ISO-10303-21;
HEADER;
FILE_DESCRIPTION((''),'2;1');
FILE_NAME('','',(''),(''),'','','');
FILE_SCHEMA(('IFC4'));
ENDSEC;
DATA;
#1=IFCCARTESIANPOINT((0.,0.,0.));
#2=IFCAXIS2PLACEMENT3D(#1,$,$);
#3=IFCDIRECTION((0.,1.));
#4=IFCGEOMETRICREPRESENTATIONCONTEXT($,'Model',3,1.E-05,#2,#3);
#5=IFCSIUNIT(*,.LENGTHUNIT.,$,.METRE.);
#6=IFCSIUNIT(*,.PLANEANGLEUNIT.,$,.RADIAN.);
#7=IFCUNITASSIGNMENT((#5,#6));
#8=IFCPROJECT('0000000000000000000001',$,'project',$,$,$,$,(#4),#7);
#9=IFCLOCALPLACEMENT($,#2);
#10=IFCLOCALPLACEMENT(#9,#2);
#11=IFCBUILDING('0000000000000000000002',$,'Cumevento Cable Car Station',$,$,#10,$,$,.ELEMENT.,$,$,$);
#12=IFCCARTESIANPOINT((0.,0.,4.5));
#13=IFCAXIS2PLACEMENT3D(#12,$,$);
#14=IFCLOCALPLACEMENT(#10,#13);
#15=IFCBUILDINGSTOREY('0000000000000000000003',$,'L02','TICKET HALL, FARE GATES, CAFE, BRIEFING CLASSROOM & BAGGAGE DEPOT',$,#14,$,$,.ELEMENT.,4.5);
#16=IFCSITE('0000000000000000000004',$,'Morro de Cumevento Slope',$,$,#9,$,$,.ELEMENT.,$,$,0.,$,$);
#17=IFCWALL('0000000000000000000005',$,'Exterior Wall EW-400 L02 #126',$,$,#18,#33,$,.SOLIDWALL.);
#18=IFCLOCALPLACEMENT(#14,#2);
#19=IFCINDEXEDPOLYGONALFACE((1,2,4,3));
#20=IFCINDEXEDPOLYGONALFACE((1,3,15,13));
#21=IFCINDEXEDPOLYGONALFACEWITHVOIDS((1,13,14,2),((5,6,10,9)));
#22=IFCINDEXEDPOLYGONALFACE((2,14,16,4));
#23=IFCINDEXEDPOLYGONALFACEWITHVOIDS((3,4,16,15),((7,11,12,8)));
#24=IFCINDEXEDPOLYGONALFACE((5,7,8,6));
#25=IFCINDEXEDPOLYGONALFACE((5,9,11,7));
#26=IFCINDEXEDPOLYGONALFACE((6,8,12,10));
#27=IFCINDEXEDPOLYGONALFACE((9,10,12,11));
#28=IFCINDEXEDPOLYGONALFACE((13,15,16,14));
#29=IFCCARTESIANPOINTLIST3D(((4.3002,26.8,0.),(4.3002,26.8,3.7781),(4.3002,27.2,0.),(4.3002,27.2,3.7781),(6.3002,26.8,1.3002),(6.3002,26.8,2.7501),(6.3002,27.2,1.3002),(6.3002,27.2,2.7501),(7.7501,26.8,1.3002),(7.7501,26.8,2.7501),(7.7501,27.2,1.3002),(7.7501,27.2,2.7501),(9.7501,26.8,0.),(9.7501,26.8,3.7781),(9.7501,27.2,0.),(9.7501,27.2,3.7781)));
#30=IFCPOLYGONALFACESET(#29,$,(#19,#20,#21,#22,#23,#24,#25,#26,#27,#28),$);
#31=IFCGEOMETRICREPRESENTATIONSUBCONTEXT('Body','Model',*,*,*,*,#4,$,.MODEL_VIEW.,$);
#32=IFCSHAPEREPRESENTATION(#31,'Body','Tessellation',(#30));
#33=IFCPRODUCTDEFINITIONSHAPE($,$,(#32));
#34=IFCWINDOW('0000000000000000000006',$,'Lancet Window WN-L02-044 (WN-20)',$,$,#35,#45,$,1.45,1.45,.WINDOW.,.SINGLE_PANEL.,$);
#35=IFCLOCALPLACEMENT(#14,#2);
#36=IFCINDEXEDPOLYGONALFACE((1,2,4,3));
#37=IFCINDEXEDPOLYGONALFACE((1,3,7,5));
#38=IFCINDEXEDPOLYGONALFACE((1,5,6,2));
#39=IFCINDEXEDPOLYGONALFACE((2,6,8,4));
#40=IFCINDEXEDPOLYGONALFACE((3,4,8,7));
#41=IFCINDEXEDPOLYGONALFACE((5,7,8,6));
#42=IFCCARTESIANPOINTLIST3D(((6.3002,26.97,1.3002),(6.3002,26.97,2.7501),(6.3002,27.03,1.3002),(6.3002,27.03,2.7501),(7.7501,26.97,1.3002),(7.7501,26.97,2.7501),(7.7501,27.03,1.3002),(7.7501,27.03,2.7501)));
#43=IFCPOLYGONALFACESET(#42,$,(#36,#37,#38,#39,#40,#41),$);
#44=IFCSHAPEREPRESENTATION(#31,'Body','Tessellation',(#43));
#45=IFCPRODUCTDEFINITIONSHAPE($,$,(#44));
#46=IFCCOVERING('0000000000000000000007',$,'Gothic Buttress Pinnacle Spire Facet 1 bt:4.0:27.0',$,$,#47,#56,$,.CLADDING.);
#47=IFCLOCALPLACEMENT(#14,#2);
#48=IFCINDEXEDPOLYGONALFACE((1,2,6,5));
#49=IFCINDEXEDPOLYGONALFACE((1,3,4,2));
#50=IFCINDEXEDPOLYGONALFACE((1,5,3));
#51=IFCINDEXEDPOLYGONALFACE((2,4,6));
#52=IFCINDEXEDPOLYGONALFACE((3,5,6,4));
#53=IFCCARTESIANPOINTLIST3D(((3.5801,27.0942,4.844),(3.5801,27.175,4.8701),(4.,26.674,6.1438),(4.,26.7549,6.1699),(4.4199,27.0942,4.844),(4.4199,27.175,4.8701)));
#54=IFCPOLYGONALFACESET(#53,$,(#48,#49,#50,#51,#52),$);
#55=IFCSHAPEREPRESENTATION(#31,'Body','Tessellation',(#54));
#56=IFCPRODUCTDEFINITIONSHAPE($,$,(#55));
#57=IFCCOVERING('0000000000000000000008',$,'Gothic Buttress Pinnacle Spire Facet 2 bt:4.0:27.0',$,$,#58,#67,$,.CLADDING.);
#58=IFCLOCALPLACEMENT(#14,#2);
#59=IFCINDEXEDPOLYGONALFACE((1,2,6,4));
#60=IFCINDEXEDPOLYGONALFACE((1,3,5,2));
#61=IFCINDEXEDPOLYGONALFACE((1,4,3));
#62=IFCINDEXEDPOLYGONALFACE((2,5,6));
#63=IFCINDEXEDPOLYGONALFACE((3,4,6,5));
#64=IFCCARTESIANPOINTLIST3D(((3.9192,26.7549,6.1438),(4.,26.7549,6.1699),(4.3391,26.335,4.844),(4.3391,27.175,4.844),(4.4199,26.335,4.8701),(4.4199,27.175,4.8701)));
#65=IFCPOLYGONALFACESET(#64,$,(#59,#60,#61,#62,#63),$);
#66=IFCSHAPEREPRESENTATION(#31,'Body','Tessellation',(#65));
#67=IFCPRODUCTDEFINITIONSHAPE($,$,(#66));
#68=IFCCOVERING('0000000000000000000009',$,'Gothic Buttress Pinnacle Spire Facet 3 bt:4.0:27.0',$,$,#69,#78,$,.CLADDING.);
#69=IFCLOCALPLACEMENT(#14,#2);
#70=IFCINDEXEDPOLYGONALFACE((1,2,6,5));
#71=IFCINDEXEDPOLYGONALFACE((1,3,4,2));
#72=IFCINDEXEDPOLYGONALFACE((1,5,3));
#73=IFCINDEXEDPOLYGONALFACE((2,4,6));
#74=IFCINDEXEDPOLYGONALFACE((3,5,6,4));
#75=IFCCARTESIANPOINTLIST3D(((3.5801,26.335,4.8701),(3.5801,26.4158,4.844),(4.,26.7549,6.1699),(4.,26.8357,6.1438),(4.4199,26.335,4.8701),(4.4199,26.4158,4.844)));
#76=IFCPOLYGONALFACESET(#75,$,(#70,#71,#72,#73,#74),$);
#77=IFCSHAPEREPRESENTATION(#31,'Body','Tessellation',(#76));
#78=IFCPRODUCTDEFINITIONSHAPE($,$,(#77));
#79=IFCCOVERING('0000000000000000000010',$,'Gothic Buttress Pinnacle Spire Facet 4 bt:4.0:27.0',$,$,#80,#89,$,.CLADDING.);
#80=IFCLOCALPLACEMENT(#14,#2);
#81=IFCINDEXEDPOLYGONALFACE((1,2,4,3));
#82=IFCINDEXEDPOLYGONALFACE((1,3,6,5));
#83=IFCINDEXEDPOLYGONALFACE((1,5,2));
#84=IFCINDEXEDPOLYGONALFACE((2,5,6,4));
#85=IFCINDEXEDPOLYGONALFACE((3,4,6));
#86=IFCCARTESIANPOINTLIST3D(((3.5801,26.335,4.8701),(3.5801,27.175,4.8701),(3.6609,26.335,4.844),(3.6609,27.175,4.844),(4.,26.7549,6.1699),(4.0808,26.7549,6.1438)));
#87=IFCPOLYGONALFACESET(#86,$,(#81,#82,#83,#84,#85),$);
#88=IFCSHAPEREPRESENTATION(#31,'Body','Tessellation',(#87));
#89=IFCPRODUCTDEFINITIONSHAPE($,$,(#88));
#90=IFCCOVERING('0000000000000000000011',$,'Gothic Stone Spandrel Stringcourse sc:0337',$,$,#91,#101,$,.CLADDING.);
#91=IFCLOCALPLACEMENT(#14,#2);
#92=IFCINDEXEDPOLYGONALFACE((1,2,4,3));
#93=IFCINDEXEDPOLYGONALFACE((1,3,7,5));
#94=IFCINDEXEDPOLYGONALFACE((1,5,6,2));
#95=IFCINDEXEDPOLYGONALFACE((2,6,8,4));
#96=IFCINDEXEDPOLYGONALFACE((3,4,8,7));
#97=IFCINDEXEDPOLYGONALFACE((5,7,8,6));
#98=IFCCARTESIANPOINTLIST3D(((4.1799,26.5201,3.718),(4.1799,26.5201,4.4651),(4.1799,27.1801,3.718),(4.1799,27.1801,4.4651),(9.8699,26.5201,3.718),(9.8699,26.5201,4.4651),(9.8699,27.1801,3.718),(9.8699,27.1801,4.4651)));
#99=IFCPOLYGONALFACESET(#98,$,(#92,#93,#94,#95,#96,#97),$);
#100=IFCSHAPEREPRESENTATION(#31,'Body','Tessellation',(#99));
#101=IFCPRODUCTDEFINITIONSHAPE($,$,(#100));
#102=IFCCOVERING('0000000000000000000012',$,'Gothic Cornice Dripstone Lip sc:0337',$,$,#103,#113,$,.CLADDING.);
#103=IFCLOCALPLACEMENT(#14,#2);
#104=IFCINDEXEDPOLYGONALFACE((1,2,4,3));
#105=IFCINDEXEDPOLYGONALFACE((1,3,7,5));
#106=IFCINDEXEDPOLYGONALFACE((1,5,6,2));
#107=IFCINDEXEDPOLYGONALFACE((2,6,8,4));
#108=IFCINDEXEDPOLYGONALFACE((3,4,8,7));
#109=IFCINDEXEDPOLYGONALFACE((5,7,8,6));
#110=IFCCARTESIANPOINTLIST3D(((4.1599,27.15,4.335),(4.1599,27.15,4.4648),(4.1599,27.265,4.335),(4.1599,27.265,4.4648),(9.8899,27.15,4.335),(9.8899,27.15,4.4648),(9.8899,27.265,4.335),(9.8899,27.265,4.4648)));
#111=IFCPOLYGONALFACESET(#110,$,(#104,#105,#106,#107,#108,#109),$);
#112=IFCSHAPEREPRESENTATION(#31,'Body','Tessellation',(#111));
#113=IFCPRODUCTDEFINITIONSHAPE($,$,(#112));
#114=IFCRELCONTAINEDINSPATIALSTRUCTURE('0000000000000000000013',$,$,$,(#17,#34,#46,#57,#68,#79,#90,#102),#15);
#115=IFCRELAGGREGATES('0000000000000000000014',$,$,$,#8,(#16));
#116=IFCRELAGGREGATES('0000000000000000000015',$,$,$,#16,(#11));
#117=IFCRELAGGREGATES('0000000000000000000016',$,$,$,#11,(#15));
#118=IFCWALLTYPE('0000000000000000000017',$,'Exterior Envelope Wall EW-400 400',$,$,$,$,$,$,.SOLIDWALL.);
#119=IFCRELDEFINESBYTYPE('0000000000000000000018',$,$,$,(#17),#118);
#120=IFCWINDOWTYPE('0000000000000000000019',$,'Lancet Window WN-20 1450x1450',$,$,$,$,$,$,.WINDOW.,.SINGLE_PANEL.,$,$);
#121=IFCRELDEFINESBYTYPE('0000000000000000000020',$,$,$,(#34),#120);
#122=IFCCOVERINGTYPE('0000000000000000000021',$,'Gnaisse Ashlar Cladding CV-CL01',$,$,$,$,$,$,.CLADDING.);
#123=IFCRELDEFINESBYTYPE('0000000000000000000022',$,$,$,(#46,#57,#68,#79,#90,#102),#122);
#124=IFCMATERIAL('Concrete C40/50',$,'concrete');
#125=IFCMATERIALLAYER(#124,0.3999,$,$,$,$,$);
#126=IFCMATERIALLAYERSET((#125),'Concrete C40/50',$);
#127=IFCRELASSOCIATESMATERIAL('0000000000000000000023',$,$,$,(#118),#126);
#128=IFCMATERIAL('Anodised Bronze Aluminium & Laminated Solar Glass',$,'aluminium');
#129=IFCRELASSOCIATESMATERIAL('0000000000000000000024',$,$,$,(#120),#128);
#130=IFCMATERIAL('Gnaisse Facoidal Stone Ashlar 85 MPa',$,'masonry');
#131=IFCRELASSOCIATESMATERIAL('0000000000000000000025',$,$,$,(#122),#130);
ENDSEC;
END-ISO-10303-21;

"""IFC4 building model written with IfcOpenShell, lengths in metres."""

from ifc_helpers import new_model, si_unit, direction, frame, frame_2d, origin, origin_2d, place, context, subcontext, project, spatial, polyline, rectangle, outline, extrude, material, layer, layer_set, type_object, element, fill, save


model = new_model("IFC4")

# Units and contexts
model_context = context("Model", 3, precision=1e-05, world=origin(), true_north=direction((0.0, 1.0)))
body_context = subcontext(model_context, "Body", "Model", "MODEL_VIEW")
ifc_project = project(units=[si_unit("LENGTHUNIT", "METRE"), si_unit("PLANEANGLEUNIT", "RADIAN")], contexts=[model_context])

# Site, building, storey
site_placement = place(None, origin())
site = spatial("IfcSite", under=ifc_project, at=site_placement, Name="Morro de Cumevento Slope", CompositionType="ELEMENT", RefElevation=0.0)
building_placement = place(site_placement, origin())
building = spatial("IfcBuilding", under=site, at=building_placement, Name="Cumevento Cable Car Station", CompositionType="ELEMENT")
storey_placement = place(building_placement, frame((0.0, 0.0, 4.5)))
storey = spatial("IfcBuildingStorey", under=building, at=storey_placement, Name="L02", Description="TICKET HALL, FARE GATES, CAFE, BRIEFING CLASSROOM & BAGGAGE DEPOT", CompositionType="ELEMENT", Elevation=4.5)

# Wall, opening, window
ifc_material_1 = material(Name="Concrete C40/50", Category="concrete")
ifc_layer_1 = layer(ifc_material_1, 0.3999)
ifc_layer_set_1 = layer_set([ifc_layer_1], Name="Concrete C40/50")
wall_type = type_object("IfcWallType", Name="Exterior Envelope Wall EW-400 400", PredefinedType="SOLIDWALL", material=ifc_layer_set_1)
wall_placement = place(storey_placement, frame((4.3, 27.0, 0.0), z_axis=(0.0, 0.0, 1.0), x_axis=(1.0, 0.0, 0.0)))
wall = element("IfcWall", 1, at=wall_placement, inside=storey, type_object=wall_type, Name="Exterior Wall EW-400 L02 #126", PredefinedType="SOLIDWALL", context=body_context, shape_type="SweptSolid", body=[
    extrude(rectangle(XDim=5.45, YDim=0.3999, at=frame_2d((2.7251, 0.0))), origin(), (0.0, 0.0, 1.0), 3.7781),
])
opening_placement = place(wall_placement, frame((2.0, 0.0, 1.3)))
opening = element("IfcOpeningElement", 2, at=opening_placement, cuts=wall, PredefinedType="OPENING", context=body_context, shape_type="SweptSolid", body=[
    extrude(rectangle(XDim=1.45, YDim=1.45, at=frame_2d((0.7251, 0.7251))), frame((0.0, 0.21, 0.0), z_axis=(0.0, -1.0, 0.0), x_axis=(1.0, 0.0, 0.0)), (0.0, 0.0, 1.0), 0.4199),
])
ifc_material_2 = material(Name="Anodised Bronze Aluminium & Laminated Solar Glass", Category="aluminium")
window_type = type_object("IfcWindowType", Name="Lancet Window WN-20 1450x1450", PartitioningType="SINGLE_PANEL", PredefinedType="WINDOW", material=ifc_material_2)
window_placement = place(opening_placement, origin())
window = element("IfcWindow", 3, at=window_placement, inside=storey, type_object=window_type, Name="Lancet Window WN-L02-044 (WN-20)", OverallHeight=1.45, OverallWidth=1.45, PartitioningType="SINGLE_PANEL", PredefinedType="WINDOW", context=body_context, shape_type="SweptSolid", body=[
    extrude(rectangle(XDim=1.45, YDim=1.45, at=frame_2d((0.7251, 0.7251))), frame((0.0, 0.03, 0.0), z_axis=(0.0, -1.0, 0.0), x_axis=(1.0, 0.0, 0.0)), (0.0, 0.0, 1.0), 0.0601),
])
fill(opening, window)

# Coverings
ifc_material_3 = material(Name="Gnaisse Facoidal Stone Ashlar 85 MPa", Category="masonry")
covering_type = type_object("IfcCoveringType", Name="Gnaisse Ashlar Cladding CV-CL01", PredefinedType="CLADDING", material=ifc_material_3)
covering_1_placement = place(storey_placement, frame((3.5801, 27.175, 4.8701), z_axis=(0.0, 0.951521, 0.307582), x_axis=(1.0, 0.0, 0.0)))
element("IfcCovering", 4, at=covering_1_placement, inside=storey, type_object=covering_type, Name="Gothic Buttress Pinnacle Spire Facet 1 bt:4.0:27.0", PredefinedType="CLADDING", context=body_context, shape_type="SweptSolid", body=[
    extrude(outline(polyline([(0.0, 0.0), (0.8398, 0.0), (0.4199, -1.366), (0.0, 0.0)])), origin(), (0.0, 0.0, -1.0), 0.085),
])
covering_2_placement = place(storey_placement, frame((4.4199, 27.175, 4.8701), z_axis=(0.951574, 0.0, 0.307421), x_axis=(0.0, -1.0, 0.0)))
element("IfcCovering", 5, at=covering_2_placement, inside=storey, type_object=covering_type, Name="Gothic Buttress Pinnacle Spire Facet 2 bt:4.0:27.0", PredefinedType="CLADDING", context=body_context, shape_type="SweptSolid", body=[
    extrude(outline(polyline([(0.0, 0.0), (0.8401, 0.0), (0.4202, -1.366), (0.0, 0.0)])), origin(), (0.0, 0.0, -1.0), 0.085),
])
covering_3_placement = place(storey_placement, frame((4.4199, 26.335, 4.8701), z_axis=(0.0, -0.951574, 0.307421), x_axis=(-1.0, 0.0, 0.0)))
element("IfcCovering", 6, at=covering_3_placement, inside=storey, type_object=covering_type, Name="Gothic Buttress Pinnacle Spire Facet 3 bt:4.0:27.0", PredefinedType="CLADDING", context=body_context, shape_type="SweptSolid", body=[
    extrude(outline(polyline([(0.0, 0.0), (0.8398, 0.0), (0.4199, -1.366), (0.0, 0.0)])), origin(), (0.0, 0.0, -1.0), 0.085),
])
covering_4_placement = place(storey_placement, frame((3.5801, 26.335, 4.8701), z_axis=(-0.951574, 0.0, 0.307421), x_axis=(0.0, 1.0, 0.0)))
element("IfcCovering", 7, at=covering_4_placement, inside=storey, type_object=covering_type, Name="Gothic Buttress Pinnacle Spire Facet 4 bt:4.0:27.0", PredefinedType="CLADDING", context=body_context, shape_type="SweptSolid", body=[
    extrude(outline(polyline([(0.0, 0.0), (0.8401, 0.0), (0.4199, -1.366), (0.0, 0.0)])), origin(), (0.0, 0.0, -1.0), 0.085),
])
covering_5_placement = place(storey_placement, frame((7.0249, 26.8501, 3.718), z_axis=(0.0, 0.0, 1.0), x_axis=(1.0, 0.0, 0.0)))
element("IfcCovering", 8, at=covering_5_placement, inside=storey, type_object=covering_type, Name="Gothic Stone Spandrel Stringcourse sc:0337", PredefinedType="CLADDING", context=body_context, shape_type="SweptSolid", body=[
    extrude(rectangle(XDim=5.6899, YDim=0.6599, at=origin_2d()), origin(), (0.0, 0.0, 1.0), 0.7471),
])
covering_6_placement = place(storey_placement, frame((7.0249, 27.2075, 4.335), z_axis=(0.0, 0.0, 1.0), x_axis=(1.0, 0.0, 0.0)))
element("IfcCovering", 9, at=covering_6_placement, inside=storey, type_object=covering_type, Name="Gothic Cornice Dripstone Lip sc:0337", PredefinedType="CLADDING", context=body_context, shape_type="SweptSolid", body=[
    extrude(rectangle(XDim=5.73, YDim=0.115, at=origin_2d()), origin(), (0.0, 0.0, 1.0), 0.1299),
])

save(model, "model.ifc")
